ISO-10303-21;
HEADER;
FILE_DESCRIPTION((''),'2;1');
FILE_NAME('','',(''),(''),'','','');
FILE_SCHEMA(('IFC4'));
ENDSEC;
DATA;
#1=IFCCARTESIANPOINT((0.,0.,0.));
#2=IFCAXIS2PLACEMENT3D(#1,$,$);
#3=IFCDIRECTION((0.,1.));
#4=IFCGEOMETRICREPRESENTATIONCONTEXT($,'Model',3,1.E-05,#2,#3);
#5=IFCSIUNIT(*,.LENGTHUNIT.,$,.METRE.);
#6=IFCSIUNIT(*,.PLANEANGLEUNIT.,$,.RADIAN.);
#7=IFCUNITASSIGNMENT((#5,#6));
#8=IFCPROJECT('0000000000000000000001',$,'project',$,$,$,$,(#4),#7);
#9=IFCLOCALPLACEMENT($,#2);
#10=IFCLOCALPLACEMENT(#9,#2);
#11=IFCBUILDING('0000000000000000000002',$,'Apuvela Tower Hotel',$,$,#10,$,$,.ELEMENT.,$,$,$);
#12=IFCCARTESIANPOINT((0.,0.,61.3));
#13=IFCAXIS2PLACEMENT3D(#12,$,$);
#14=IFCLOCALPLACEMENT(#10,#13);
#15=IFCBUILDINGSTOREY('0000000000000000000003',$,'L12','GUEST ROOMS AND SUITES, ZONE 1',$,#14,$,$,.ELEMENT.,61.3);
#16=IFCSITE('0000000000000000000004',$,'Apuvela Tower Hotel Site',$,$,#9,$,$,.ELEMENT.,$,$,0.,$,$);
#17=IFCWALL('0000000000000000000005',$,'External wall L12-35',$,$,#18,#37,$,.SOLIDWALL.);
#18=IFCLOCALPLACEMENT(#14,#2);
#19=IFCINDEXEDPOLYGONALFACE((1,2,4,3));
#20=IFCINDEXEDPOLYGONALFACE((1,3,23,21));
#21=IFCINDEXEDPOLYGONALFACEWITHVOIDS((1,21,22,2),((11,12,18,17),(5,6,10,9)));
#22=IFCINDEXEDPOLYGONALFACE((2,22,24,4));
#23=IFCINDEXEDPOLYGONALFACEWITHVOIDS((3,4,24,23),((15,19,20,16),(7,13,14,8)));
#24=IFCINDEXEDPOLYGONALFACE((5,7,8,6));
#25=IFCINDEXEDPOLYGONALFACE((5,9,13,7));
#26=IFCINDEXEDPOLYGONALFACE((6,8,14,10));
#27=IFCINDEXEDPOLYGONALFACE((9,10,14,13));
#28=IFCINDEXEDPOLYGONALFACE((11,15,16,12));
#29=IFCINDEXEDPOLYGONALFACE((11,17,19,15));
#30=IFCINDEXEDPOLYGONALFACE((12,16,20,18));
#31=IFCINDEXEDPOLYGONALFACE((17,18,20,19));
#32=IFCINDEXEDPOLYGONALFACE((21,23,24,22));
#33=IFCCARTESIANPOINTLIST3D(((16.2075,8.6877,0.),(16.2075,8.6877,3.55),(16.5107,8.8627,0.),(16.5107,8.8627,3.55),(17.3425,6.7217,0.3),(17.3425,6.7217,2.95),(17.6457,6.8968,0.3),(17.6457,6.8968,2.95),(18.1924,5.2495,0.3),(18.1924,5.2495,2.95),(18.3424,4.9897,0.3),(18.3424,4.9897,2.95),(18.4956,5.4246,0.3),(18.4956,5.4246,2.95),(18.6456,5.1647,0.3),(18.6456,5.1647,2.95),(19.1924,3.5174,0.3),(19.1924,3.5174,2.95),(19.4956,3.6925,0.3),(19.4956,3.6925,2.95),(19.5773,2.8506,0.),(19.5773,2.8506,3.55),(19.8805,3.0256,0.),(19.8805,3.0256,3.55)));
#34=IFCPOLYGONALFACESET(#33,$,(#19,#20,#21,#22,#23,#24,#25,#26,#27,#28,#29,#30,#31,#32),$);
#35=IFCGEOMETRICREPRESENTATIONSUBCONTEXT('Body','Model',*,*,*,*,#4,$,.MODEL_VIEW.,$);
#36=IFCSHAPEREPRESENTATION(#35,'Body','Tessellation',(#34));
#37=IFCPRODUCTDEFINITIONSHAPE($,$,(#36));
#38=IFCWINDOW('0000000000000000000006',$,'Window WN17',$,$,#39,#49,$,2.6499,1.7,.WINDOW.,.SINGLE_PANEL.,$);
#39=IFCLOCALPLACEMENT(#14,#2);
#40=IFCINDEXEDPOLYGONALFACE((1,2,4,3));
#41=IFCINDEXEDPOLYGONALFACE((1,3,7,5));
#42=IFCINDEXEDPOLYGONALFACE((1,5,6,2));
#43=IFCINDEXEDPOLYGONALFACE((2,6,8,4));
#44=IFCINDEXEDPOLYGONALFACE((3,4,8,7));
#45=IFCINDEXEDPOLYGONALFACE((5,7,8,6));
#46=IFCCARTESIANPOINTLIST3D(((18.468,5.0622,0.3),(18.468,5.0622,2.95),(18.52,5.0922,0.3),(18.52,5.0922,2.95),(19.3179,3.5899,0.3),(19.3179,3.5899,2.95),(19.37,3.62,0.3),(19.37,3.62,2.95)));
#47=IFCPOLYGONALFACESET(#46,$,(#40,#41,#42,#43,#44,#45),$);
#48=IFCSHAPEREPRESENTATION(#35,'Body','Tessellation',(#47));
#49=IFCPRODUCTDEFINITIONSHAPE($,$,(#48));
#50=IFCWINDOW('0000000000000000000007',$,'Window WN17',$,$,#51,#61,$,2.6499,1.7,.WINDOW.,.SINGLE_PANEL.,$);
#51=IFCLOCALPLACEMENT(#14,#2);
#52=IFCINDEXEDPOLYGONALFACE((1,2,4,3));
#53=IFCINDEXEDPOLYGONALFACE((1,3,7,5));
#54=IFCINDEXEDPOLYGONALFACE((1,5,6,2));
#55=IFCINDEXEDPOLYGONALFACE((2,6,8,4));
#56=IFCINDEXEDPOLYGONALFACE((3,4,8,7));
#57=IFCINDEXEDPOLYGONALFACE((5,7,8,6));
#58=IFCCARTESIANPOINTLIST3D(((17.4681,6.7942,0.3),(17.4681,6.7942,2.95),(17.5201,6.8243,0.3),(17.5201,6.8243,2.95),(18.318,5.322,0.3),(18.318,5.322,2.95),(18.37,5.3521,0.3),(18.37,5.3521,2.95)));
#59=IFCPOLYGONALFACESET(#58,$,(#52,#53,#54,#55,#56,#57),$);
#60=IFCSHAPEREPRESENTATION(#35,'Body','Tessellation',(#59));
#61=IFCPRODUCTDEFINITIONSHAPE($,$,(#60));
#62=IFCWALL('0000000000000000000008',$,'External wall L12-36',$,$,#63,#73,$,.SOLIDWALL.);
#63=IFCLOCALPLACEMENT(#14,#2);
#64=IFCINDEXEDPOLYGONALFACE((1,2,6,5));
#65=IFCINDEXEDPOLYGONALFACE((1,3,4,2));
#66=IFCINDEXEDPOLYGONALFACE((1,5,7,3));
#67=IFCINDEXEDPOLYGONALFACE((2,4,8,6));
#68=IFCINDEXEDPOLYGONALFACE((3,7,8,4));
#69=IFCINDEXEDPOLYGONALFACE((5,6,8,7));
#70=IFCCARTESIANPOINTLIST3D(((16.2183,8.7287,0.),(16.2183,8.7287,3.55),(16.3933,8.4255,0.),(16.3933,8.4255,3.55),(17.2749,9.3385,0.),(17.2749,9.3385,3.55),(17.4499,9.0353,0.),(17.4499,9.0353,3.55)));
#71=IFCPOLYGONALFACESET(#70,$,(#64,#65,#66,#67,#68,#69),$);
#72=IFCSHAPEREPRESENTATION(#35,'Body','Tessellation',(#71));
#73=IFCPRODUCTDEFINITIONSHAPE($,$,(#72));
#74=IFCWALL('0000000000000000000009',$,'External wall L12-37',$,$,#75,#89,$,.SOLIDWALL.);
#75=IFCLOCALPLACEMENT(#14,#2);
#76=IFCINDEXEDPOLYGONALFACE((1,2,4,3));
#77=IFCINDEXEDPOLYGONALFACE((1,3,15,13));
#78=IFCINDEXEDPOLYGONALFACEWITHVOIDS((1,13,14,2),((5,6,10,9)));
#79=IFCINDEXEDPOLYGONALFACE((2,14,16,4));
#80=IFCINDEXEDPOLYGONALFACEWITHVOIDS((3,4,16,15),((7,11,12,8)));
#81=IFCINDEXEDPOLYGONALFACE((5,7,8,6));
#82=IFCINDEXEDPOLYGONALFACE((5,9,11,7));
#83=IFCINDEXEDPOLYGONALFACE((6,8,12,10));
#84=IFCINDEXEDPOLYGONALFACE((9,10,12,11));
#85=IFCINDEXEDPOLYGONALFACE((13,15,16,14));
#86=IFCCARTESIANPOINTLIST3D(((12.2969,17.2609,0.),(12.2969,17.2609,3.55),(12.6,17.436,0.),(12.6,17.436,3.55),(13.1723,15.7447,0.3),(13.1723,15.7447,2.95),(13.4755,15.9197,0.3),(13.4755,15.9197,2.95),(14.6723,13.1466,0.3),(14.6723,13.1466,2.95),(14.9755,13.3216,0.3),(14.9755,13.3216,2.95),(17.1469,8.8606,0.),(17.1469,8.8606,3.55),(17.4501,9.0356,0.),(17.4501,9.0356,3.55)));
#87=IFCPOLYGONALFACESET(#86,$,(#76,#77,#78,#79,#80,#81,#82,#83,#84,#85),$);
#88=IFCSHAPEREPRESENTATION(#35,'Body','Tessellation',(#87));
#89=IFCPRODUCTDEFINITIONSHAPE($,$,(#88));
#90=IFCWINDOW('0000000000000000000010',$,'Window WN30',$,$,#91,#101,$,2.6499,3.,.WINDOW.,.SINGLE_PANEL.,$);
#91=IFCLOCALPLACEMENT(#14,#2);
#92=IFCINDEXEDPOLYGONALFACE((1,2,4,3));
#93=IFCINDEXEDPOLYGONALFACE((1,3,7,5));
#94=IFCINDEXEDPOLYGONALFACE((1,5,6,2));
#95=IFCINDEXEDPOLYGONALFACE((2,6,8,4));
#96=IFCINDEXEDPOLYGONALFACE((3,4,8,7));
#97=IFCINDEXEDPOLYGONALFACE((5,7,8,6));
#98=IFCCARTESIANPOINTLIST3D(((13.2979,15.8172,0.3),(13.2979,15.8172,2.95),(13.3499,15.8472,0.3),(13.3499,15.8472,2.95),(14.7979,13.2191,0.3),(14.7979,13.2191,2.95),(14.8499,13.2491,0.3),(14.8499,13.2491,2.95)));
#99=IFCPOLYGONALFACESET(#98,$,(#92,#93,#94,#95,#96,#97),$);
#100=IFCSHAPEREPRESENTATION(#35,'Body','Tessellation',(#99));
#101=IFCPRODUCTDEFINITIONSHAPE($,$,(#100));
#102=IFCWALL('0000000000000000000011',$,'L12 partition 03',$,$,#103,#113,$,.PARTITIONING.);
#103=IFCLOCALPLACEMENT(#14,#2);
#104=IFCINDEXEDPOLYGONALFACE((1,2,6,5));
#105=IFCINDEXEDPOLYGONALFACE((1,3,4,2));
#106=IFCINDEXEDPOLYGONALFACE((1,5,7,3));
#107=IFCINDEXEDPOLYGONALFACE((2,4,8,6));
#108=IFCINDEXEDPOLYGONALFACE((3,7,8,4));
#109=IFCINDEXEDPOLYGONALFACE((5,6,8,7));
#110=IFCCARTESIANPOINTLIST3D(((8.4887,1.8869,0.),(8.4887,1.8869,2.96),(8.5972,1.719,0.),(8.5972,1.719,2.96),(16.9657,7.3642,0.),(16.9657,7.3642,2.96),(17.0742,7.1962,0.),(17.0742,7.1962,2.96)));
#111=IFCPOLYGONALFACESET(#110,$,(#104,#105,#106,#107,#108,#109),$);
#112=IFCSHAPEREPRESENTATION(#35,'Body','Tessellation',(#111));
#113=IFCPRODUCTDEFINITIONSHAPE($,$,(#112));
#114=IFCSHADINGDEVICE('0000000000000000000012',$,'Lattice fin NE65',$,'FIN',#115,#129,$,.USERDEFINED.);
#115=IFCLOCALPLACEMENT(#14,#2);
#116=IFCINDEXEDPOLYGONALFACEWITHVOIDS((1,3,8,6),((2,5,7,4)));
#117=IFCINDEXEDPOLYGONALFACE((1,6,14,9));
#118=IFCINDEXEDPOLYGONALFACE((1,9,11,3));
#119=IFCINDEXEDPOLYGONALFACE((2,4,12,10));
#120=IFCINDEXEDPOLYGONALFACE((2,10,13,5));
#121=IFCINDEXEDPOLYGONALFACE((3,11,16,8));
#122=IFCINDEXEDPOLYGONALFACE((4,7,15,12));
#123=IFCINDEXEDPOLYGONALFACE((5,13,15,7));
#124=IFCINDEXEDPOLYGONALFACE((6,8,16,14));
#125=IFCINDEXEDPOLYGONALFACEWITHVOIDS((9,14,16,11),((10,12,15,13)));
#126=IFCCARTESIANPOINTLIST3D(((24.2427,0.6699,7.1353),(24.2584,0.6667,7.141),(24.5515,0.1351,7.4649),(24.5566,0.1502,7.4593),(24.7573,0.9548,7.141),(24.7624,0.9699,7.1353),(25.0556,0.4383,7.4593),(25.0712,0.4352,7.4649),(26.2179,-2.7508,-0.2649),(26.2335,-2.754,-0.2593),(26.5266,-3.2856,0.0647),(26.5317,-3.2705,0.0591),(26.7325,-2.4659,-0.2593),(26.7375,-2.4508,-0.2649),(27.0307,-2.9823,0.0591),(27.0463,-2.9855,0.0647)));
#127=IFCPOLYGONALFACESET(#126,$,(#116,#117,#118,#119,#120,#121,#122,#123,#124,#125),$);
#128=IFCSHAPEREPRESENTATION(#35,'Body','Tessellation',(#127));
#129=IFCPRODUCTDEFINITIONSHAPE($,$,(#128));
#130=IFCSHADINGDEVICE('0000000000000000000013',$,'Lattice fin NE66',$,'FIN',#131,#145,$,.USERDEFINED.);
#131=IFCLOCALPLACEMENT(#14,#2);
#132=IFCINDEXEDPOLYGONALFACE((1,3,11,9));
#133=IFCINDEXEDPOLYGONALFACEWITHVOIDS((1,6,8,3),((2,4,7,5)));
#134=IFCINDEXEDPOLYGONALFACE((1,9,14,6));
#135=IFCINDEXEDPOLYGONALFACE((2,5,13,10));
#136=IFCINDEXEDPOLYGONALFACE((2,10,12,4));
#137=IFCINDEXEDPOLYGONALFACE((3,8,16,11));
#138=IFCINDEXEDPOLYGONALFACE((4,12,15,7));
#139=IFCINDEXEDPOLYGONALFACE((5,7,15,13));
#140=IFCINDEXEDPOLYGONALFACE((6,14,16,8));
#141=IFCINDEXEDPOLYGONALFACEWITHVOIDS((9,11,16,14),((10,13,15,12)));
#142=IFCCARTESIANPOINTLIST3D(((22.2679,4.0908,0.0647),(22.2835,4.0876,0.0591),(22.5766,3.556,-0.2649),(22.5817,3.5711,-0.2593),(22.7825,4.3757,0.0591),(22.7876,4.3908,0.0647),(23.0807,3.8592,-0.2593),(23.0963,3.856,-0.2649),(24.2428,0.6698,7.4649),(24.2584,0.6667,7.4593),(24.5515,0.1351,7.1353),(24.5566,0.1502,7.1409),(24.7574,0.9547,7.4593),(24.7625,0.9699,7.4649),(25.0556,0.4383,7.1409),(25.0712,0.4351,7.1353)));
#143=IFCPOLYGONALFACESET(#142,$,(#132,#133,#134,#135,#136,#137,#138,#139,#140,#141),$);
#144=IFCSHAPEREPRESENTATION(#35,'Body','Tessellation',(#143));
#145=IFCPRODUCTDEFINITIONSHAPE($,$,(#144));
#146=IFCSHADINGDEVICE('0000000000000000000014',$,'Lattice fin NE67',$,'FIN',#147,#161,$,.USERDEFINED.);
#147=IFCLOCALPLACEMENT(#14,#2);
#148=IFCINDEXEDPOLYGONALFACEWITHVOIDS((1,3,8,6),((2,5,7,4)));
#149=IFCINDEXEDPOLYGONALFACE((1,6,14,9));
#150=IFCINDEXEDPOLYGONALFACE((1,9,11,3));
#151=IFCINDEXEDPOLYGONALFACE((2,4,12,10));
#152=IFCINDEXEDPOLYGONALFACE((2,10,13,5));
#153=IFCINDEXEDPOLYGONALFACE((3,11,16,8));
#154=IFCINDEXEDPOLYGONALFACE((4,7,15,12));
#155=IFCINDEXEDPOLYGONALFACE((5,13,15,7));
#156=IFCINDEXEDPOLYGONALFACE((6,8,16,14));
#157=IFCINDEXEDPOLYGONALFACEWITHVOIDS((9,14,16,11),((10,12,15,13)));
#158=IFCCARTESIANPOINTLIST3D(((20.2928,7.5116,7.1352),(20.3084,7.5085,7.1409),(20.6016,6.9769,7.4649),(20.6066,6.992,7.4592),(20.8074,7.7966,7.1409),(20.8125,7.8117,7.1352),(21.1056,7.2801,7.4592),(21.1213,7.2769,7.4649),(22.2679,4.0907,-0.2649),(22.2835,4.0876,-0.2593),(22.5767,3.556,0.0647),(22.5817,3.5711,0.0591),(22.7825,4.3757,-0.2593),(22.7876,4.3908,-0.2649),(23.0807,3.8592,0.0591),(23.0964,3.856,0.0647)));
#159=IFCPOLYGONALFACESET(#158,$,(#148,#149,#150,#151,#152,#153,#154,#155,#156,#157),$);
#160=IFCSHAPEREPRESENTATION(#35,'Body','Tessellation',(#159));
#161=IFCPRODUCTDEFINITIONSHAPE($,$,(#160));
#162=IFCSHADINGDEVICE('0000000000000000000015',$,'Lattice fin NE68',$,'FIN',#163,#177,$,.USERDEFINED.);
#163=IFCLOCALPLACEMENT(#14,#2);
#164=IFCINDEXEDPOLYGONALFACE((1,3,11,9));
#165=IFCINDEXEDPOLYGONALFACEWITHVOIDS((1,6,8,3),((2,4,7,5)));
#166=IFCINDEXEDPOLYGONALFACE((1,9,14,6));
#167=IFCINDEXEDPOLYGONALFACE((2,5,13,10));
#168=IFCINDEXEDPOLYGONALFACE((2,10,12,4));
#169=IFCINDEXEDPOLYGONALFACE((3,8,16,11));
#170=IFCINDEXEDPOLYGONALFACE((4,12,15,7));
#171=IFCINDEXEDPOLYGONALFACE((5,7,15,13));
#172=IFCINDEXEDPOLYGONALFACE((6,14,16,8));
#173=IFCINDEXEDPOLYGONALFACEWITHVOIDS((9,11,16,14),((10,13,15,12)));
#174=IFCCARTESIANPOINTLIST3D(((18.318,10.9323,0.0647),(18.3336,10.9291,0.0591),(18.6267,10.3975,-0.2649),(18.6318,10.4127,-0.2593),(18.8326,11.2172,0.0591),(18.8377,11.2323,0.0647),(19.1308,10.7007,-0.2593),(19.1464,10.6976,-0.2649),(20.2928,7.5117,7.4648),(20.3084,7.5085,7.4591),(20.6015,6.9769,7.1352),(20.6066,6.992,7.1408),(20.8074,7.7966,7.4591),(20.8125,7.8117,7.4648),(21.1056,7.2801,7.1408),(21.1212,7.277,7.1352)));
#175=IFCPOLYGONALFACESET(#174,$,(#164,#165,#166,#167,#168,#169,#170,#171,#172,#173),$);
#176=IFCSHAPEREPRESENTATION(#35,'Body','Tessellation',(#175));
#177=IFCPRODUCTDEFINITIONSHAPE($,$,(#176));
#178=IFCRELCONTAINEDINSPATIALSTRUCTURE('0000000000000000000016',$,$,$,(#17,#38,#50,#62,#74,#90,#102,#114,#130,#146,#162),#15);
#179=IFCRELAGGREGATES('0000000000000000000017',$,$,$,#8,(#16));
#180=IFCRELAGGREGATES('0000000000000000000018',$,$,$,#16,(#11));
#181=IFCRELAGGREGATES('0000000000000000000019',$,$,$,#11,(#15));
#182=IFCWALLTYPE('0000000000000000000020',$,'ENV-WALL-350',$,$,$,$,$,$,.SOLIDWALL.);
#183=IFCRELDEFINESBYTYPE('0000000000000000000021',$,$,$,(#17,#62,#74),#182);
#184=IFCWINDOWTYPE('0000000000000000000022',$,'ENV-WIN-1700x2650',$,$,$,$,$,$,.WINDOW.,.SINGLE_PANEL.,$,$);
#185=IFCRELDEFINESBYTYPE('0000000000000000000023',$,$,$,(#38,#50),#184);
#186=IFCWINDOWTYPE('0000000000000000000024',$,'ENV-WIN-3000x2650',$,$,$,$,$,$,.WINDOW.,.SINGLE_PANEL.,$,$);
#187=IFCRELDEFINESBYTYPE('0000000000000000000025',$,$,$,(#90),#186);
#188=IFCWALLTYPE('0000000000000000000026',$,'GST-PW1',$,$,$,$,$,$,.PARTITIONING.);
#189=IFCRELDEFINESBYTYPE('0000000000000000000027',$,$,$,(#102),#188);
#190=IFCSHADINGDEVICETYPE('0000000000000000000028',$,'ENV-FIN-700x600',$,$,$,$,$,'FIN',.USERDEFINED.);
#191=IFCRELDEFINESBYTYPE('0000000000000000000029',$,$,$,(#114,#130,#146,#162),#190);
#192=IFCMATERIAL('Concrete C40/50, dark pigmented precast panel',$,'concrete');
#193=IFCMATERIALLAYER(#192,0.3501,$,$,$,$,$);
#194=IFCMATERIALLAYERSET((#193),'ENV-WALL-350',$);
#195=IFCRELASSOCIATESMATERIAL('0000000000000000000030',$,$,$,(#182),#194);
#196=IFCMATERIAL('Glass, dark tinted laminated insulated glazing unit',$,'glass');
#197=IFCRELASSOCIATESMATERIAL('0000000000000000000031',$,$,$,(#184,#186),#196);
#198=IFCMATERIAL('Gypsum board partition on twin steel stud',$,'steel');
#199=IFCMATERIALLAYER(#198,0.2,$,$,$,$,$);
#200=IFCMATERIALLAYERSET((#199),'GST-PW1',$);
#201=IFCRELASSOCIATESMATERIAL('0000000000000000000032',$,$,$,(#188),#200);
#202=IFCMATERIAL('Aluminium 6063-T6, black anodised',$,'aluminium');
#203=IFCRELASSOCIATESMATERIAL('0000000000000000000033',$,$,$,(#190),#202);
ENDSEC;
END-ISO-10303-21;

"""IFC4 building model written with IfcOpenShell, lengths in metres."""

from ifc_helpers import new_model, si_unit, direction, frame, frame_2d, origin, origin_2d, place, context, subcontext, project, spatial, rectangle, hollow_rectangle, extrude, material, layer, layer_set, material_profile, profile_set, type_object, element, fill, save


model = new_model("IFC4")

# Units and contexts
model_context = context("Model", 3, precision=1e-05, world=origin(), true_north=direction((0.0, 1.0)))
body_context = subcontext(model_context, "Body", "Model", "MODEL_VIEW")
ifc_project = project(units=[si_unit("LENGTHUNIT", "METRE"), si_unit("PLANEANGLEUNIT", "RADIAN")], contexts=[model_context])

# Site, building, storey
site_placement = place(None, origin())
site = spatial("IfcSite", under=ifc_project, at=site_placement, Name="Apuvela Tower Hotel Site", CompositionType="ELEMENT", RefElevation=0.0)
building_placement = place(site_placement, origin())
building = spatial("IfcBuilding", under=site, at=building_placement, Name="Apuvela Tower Hotel", CompositionType="ELEMENT")
storey_placement = place(building_placement, frame((0.0, 0.0, 61.3)))
storey = spatial("IfcBuildingStorey", under=building, at=storey_placement, Name="L12", Description="GUEST ROOMS AND SUITES, ZONE 1", CompositionType="ELEMENT", Elevation=61.3)

# Shared definitions
ifc_material_1 = material(Name="Concrete C40/50, dark pigmented precast panel", Category="concrete")
ifc_layer_1 = layer(ifc_material_1, 0.3501)
ifc_layer_set_1 = layer_set([ifc_layer_1], Name="ENV-WALL-350")
wall_type_1 = type_object("IfcWallType", Name="ENV-WALL-350", PredefinedType="SOLIDWALL", material=ifc_layer_set_1)

# Wall, openings, windows
wall_1_placement = place(storey_placement, frame((19.729, 2.938, 0.0), z_axis=(0.0, 0.0, 1.0), x_axis=(-0.499976, 0.866039, 0.0)))
wall_1 = element("IfcWall", 1, at=wall_1_placement, inside=storey, type_object=wall_type_1, Name="External wall L12-35", PredefinedType="SOLIDWALL", context=body_context, shape_type="SweptSolid", body=[
    extrude(rectangle(XDim=6.74, YDim=0.3501, at=frame_2d((3.3701, 0.0))), origin(), (0.0, 0.0, 1.0), 3.55),
])
opening_1_placement = place(wall_1_placement, frame((0.77, 0.0, 0.3)))
opening_1 = element("IfcOpeningElement", 2, at=opening_1_placement, cuts=wall_1, PredefinedType="OPENING", context=body_context, shape_type="SweptSolid", body=[
    extrude(rectangle(XDim=1.7, YDim=2.6499, at=frame_2d((0.8501, 1.325))), frame((0.0, 0.1851, 0.0), z_axis=(0.0, -1.0, 0.0), x_axis=(1.0, 0.0, 0.0)), (0.0, 0.0, 1.0), 0.3701),
])
opening_2_placement = place(wall_1_placement, frame((2.77, 0.0, 0.3)))
opening_2 = element("IfcOpeningElement", 3, at=opening_2_placement, cuts=wall_1, PredefinedType="OPENING", context=body_context, shape_type="SweptSolid", body=[
    extrude(rectangle(XDim=1.7, YDim=2.6499, at=frame_2d((0.8501, 1.325))), frame((0.0, 0.1851, 0.0), z_axis=(0.0, -1.0, 0.0), x_axis=(1.0, 0.0, 0.0)), (0.0, 0.0, 1.0), 0.3701),
])
ifc_material_2 = material(Name="Glass, dark tinted laminated insulated glazing unit", Category="glass")
window_type_1 = type_object("IfcWindowType", Name="ENV-WIN-1700x2650", PartitioningType="SINGLE_PANEL", PredefinedType="WINDOW", material=ifc_material_2)
window_1_placement = place(opening_1_placement, origin())
window_1 = element("IfcWindow", 4, at=window_1_placement, inside=storey, type_object=window_type_1, Name="Window WN17", OverallHeight=2.6499, OverallWidth=1.7, PartitioningType="SINGLE_PANEL", PredefinedType="WINDOW", context=body_context, shape_type="SweptSolid", body=[
    extrude(rectangle(XDim=1.7, YDim=2.6499, at=frame_2d((0.8501, 1.325))), frame((0.0, 0.03, 0.0), z_axis=(0.0, -1.0, 0.0), x_axis=(1.0, 0.0, 0.0)), (0.0, 0.0, 1.0), 0.0601),
])
fill(opening_1, window_1)
window_2_placement = place(opening_2_placement, origin())
window_2 = element("IfcWindow", 5, at=window_2_placement, inside=storey, type_object=window_type_1, Name="Window WN17", OverallHeight=2.6499, OverallWidth=1.7, PartitioningType="SINGLE_PANEL", PredefinedType="WINDOW", context=body_context, shape_type="SweptSolid", body=[
    extrude(rectangle(XDim=1.7, YDim=2.6499, at=frame_2d((0.8501, 1.325))), frame((0.0, 0.03, 0.0), z_axis=(0.0, -1.0, 0.0), x_axis=(1.0, 0.0, 0.0)), (0.0, 0.0, 1.0), 0.0601),
])
fill(opening_2, window_2)

# Wall
wall_2_placement = place(storey_placement, frame((16.3059, 8.5771, 0.0), z_axis=(0.0, 0.0, 1.0), x_axis=(0.866092, 0.499884, 0.0)))
element("IfcWall", 6, at=wall_2_placement, inside=storey, type_object=wall_type_1, Name="External wall L12-36", PredefinedType="SOLIDWALL", context=body_context, shape_type="SweptSolid", body=[
    extrude(rectangle(XDim=1.22, YDim=0.3501, at=frame_2d((0.6099, 0.0))), origin(), (0.0, 0.0, 1.0), 3.55),
])

# Wall, opening, window
wall_3_placement = place(storey_placement, frame((17.2986, 8.948, 0.0), z_axis=(0.0, 0.0, 1.0), x_axis=(-0.50001, 0.86602, 0.0)))
wall_3 = element("IfcWall", 7, at=wall_3_placement, inside=storey, type_object=wall_type_1, Name="External wall L12-37", PredefinedType="SOLIDWALL", context=body_context, shape_type="SweptSolid", body=[
    extrude(rectangle(XDim=9.7, YDim=0.3501, at=frame_2d((4.8501, 0.0))), origin(), (0.0, 0.0, 1.0), 3.55),
])
opening_3_placement = place(wall_3_placement, frame((4.9492, 0.0, 0.3)))
opening_3 = element("IfcOpeningElement", 8, at=opening_3_placement, cuts=wall_3, PredefinedType="OPENING", context=body_context, shape_type="SweptSolid", body=[
    extrude(rectangle(XDim=3.0, YDim=2.6499, at=frame_2d((1.5, 1.325))), frame((0.0, 0.1851, 0.0), z_axis=(0.0, -1.0, 0.0), x_axis=(1.0, 0.0, 0.0)), (0.0, 0.0, 1.0), 0.3701),
])
window_type_2 = type_object("IfcWindowType", Name="ENV-WIN-3000x2650", PartitioningType="SINGLE_PANEL", PredefinedType="WINDOW", material=ifc_material_2)
window_3_placement = place(opening_3_placement, origin())
window_3 = element("IfcWindow", 9, at=window_3_placement, inside=storey, type_object=window_type_2, Name="Window WN30", OverallHeight=2.6499, OverallWidth=3.0, PartitioningType="SINGLE_PANEL", PredefinedType="WINDOW", context=body_context, shape_type="SweptSolid", body=[
    extrude(rectangle(XDim=3.0, YDim=2.6499, at=frame_2d((1.5, 1.325))), frame((0.0, 0.03, 0.0), z_axis=(0.0, -1.0, 0.0), x_axis=(1.0, 0.0, 0.0)), (0.0, 0.0, 1.0), 0.0601),
])
fill(opening_3, window_3)

# Wall
ifc_material_3 = material(Name="Gypsum board partition on twin steel stud", Category="steel")
ifc_layer_2 = layer(ifc_material_3, 0.2)
ifc_layer_set_2 = layer_set([ifc_layer_2], Name="GST-PW1")
wall_type_2 = type_object("IfcWallType", Name="GST-PW1", PredefinedType="PARTITIONING", material=ifc_layer_set_2)
wall_4_placement = place(storey_placement, frame((17.02, 7.2803, 0.0), z_axis=(0.0, 0.0, 1.0), x_axis=(-0.839925, -0.542703, 0.0)))
element("IfcWall", 10, at=wall_4_placement, inside=storey, type_object=wall_type_2, Name="L12 partition 03", PredefinedType="PARTITIONING", context=body_context, shape_type="SweptSolid", body=[
    extrude(rectangle(XDim=10.0925, YDim=0.2, at=frame_2d((5.0464, 0.0))), origin(), (0.0, 0.0, 1.0), 2.96),
])

# Shading devices
ifc_material_4 = material(Name="Aluminium 6063-T6, black anodised", Category="aluminium")
ifc_material_profile_1 = material_profile(ifc_material_4, hollow_rectangle(XDim=0.6001, YDim=0.7, WallThickness=0.012, at=origin_2d()), Name="AL BOX 700x600x12")
ifc_profile_set_1 = profile_set([ifc_material_profile_1], Name="Aluminium 6063-T6, black anodised")
shading_device_type = type_object("IfcShadingDeviceType", Name="ENV-FIN-700x600", ElementType="FIN", PredefinedType="USERDEFINED", material=ifc_profile_set_1)
for number, where, z_axis, x_axis, name in (
    (11, (26.6321, -2.8682, -0.1001), (-0.235458, 0.407787, 0.882196), (-0.866005, -0.500035, 0.0), "Lattice fin NE65"),
    (12, (22.6821, 3.9734, -0.1001), (0.235428, -0.407814, 0.882191), (0.866048, 0.499961, 0.0), "Lattice fin NE66"),
    (13, (22.6821, 3.9734, -0.1001), (-0.235455, 0.407812, 0.882185), (-0.866021, -0.500008, 0.0), "Lattice fin NE67"),
):
    element("IfcShadingDevice", number, at=place(storey_placement, frame(where, z_axis=z_axis, x_axis=x_axis)), inside=storey, type_object=shading_device_type, Name=name, ObjectType="FIN", PredefinedType="USERDEFINED", context=body_context, shape_type="SweptSolid", body=[
        extrude(hollow_rectangle(XDim=0.6001, YDim=0.7, WallThickness=0.012, at=origin_2d()), origin(), (0.0, 0.0, 1.0), 8.3884),
    ])
shading_device_1_placement = place(storey_placement, frame((18.7322, 10.8149, -0.1001), z_axis=(0.23543, -0.40779, 0.882202), x_axis=(0.866032, 0.499988, 0.0)))
element("IfcShadingDevice", 14, at=shading_device_1_placement, inside=storey, type_object=shading_device_type, Name="Lattice fin NE68", ObjectType="FIN", PredefinedType="USERDEFINED", context=body_context, shape_type="SweptSolid", body=[
    extrude(hollow_rectangle(XDim=0.6001, YDim=0.7, WallThickness=0.012, at=origin_2d()), origin(), (0.0, 0.0, 1.0), 8.3882),
])

save(model, "model.ifc")
